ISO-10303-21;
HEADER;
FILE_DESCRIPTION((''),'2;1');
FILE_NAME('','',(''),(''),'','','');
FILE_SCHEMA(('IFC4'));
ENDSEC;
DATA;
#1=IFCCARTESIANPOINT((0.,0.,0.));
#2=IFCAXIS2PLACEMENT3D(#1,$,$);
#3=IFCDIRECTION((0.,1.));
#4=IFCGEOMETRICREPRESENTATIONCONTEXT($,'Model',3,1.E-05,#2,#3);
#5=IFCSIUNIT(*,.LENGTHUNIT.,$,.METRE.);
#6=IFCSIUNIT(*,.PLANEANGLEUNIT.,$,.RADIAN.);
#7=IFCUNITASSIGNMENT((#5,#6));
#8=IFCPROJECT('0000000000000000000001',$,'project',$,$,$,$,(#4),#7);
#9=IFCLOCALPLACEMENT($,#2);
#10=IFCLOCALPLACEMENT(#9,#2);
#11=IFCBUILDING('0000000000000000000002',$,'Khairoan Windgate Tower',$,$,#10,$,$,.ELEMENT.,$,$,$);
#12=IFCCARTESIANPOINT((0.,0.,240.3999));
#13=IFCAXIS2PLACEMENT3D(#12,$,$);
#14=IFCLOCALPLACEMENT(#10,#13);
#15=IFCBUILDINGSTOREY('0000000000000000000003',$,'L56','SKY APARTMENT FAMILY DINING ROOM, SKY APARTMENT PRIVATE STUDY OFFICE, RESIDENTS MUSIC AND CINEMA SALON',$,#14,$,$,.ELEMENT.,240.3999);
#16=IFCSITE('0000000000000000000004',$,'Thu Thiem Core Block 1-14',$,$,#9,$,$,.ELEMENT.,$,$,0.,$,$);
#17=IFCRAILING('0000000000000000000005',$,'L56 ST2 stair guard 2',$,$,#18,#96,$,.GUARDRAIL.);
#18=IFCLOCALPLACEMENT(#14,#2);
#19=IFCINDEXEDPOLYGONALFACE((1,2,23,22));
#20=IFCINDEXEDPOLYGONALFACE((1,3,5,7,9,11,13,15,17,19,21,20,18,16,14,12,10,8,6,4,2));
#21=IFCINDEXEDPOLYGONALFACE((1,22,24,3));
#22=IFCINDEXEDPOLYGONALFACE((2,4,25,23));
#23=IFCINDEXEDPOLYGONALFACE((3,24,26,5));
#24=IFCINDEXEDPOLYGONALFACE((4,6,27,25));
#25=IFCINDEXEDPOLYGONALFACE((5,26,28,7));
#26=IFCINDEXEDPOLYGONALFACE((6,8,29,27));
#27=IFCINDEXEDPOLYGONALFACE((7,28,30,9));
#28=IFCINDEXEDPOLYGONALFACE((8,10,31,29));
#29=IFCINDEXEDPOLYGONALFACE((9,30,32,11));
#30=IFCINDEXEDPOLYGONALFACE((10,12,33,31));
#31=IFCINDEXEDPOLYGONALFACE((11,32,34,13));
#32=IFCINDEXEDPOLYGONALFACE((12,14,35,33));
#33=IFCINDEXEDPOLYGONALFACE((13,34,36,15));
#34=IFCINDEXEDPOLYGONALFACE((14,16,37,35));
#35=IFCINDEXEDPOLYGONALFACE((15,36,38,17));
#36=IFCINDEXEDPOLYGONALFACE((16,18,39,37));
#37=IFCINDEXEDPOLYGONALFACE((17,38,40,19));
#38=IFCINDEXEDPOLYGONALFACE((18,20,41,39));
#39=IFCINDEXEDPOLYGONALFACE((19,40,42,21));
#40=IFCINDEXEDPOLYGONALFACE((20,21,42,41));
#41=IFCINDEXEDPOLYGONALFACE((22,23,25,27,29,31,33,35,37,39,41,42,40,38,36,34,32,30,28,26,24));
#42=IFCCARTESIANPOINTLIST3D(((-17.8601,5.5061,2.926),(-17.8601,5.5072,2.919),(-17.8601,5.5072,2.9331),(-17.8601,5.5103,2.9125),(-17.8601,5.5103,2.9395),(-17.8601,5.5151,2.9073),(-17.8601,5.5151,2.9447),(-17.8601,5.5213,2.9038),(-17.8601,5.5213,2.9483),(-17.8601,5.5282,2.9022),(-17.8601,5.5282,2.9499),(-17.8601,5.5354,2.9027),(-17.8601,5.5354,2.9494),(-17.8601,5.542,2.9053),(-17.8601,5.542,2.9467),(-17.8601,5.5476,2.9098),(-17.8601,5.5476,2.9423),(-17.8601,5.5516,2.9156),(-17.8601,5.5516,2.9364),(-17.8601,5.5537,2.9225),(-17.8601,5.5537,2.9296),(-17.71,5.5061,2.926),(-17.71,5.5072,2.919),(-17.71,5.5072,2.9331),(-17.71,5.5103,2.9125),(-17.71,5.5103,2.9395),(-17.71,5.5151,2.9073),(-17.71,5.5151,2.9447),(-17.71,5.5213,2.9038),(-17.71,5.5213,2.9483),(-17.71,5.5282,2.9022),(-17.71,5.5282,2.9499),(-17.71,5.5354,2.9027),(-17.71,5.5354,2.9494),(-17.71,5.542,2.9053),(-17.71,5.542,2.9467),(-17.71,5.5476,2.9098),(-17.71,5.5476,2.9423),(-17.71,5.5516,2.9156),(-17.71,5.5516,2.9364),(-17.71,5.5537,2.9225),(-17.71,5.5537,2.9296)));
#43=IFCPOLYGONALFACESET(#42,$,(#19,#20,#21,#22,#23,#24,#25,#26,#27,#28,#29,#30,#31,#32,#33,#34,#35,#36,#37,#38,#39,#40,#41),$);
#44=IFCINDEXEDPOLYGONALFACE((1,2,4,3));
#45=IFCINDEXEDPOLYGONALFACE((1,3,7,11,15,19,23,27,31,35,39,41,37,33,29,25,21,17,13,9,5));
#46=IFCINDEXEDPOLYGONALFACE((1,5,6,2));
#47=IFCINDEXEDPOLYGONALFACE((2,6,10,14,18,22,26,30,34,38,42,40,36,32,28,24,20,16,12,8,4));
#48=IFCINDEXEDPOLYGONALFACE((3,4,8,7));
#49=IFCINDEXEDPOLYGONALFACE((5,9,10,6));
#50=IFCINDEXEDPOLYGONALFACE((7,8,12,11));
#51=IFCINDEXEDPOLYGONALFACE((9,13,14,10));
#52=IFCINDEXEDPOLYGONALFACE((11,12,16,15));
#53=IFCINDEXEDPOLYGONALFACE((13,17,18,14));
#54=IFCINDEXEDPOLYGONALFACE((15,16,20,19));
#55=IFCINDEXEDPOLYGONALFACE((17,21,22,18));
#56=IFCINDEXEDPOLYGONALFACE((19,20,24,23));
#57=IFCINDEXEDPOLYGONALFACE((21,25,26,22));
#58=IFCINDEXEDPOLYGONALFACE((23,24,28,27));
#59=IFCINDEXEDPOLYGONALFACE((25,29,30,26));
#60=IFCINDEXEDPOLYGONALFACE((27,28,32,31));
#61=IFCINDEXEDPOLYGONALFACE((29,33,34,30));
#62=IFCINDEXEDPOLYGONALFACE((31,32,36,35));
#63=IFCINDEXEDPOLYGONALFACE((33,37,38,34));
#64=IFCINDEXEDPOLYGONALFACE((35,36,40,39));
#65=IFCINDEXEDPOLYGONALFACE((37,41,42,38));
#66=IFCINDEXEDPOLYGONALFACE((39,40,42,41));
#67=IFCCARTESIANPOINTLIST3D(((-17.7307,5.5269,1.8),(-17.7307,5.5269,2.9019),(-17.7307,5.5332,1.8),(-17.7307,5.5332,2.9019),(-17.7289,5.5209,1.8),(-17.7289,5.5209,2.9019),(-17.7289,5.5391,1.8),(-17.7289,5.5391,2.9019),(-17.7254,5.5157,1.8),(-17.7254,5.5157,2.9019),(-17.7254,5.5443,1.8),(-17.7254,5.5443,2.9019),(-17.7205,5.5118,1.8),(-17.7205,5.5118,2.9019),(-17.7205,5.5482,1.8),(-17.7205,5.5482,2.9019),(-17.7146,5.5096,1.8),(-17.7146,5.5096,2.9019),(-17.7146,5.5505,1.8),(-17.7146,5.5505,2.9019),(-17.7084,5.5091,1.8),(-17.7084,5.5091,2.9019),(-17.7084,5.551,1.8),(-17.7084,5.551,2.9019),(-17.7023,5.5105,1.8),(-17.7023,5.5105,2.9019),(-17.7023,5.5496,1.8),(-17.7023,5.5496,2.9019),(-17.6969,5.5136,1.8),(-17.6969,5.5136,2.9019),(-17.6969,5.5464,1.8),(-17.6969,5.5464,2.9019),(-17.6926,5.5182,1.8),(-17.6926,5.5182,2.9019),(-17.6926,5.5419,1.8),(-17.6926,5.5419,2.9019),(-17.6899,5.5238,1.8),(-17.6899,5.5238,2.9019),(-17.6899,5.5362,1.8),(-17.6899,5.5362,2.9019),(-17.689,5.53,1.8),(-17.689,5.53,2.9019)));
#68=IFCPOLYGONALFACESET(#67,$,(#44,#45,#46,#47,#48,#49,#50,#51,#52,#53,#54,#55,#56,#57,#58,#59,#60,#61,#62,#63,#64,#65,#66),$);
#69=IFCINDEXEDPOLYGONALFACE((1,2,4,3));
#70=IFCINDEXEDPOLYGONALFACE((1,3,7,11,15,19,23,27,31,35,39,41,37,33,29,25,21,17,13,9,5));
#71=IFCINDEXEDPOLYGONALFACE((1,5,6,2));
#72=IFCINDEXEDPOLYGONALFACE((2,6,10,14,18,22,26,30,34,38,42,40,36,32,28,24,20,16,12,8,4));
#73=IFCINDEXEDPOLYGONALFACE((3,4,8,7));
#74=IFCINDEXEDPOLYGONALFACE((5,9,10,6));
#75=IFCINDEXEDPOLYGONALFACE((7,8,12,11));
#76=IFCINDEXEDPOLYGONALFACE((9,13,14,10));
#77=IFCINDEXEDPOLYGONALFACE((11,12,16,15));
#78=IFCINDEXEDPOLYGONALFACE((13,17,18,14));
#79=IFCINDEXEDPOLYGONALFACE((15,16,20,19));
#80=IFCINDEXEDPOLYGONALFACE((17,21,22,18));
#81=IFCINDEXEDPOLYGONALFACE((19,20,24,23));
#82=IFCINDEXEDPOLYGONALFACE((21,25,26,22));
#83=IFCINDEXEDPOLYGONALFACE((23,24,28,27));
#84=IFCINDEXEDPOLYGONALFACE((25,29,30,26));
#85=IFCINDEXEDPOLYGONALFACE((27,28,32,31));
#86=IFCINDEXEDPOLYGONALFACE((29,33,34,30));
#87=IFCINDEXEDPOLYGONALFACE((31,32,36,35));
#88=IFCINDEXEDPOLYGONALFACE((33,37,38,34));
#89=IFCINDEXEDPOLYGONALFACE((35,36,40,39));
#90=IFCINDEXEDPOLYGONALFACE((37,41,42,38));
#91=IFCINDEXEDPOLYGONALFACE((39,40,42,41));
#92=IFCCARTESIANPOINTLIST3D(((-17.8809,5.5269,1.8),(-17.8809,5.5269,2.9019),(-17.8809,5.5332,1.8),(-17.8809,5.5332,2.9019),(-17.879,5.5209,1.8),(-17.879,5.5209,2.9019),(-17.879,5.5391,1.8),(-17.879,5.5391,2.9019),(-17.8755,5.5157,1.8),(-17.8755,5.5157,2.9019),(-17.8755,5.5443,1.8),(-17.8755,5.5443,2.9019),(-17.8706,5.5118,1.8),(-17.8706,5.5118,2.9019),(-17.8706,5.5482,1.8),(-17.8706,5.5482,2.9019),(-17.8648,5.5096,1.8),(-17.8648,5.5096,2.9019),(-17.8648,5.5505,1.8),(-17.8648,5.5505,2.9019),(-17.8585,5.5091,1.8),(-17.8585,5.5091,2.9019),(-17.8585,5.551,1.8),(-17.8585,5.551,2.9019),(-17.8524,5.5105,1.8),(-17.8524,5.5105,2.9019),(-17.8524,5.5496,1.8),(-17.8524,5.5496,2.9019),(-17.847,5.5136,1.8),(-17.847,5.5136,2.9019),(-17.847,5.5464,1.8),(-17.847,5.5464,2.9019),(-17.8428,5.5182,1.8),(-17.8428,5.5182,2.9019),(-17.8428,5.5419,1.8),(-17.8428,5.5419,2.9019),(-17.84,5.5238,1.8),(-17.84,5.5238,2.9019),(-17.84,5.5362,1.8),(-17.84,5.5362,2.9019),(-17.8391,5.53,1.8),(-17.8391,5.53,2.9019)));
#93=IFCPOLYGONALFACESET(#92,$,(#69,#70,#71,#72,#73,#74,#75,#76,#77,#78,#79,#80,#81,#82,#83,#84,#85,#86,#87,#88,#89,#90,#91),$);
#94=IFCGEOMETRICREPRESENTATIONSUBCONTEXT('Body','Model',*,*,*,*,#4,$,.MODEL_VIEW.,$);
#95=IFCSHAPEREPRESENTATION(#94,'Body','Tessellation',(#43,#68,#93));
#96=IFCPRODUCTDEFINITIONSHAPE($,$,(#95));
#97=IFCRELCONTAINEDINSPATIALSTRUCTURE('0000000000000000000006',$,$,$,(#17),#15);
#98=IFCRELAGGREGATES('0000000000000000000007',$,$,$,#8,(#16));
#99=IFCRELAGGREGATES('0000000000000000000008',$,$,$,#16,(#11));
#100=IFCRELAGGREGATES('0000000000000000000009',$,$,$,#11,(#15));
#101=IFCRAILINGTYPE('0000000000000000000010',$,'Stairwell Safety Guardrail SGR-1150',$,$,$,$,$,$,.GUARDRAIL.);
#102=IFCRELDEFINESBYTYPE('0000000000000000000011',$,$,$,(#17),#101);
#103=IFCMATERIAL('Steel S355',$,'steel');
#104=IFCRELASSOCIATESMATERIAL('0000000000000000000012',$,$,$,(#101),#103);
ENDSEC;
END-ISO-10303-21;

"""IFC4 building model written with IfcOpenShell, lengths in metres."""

from ifc_helpers import new_model, si_unit, direction, frame, origin, origin_2d, place, context, subcontext, project, spatial, circle, extrude, material, type_object, element, save


model = new_model("IFC4")

# Units and contexts
model_context = context("Model", 3, precision=1e-05, world=origin(), true_north=direction((0.0, 1.0)))
body_context = subcontext(model_context, "Body", "Model", "MODEL_VIEW")
ifc_project = project(units=[si_unit("LENGTHUNIT", "METRE"), si_unit("PLANEANGLEUNIT", "RADIAN")], contexts=[model_context])

# Site, building, storey
site_placement = place(None, origin())
site = spatial("IfcSite", under=ifc_project, at=site_placement, Name="Thu Thiem Core Block 1-14", CompositionType="ELEMENT", RefElevation=0.0)
building_placement = place(site_placement, origin())
building = spatial("IfcBuilding", under=site, at=building_placement, Name="Khairoan Windgate Tower", CompositionType="ELEMENT")
storey_placement = place(building_placement, frame((0.0, 0.0, 240.3999)))
storey = spatial("IfcBuildingStorey", under=building, at=storey_placement, Name="L56", Description="SKY APARTMENT FAMILY DINING ROOM, SKY APARTMENT PRIVATE STUDY OFFICE, RESIDENTS MUSIC AND CINEMA SALON", CompositionType="ELEMENT", Elevation=240.3999)

# Railing
ifc_material_1 = material(Name="Steel S355", Category="steel")
railing_type_1 = type_object("IfcRailingType", Name="Stairwell Safety Guardrail SGR-1150", PredefinedType="GUARDRAIL", material=ifc_material_1)
railing_1_placement = place(storey_placement, frame((-17.71, 5.53, 1.8)))
element("IfcRailing", 1, at=railing_1_placement, inside=storey, type_object=railing_type_1, Name="L56 ST2 stair guard 2", PredefinedType="GUARDRAIL", context=body_context, shape_type="SweptSolid", body=[
    extrude(circle(Radius=0.0239, at=origin_2d()), frame((0.0, 0.0, 1.126), z_axis=(-1.0, 0.0, 0.0), x_axis=(0.0, -1.0, 0.0)), (0.0, 0.0, 1.0), 0.1501),
    extrude(circle(Radius=0.021, at=origin_2d()), origin(), (0.0, 0.0, 1.0), 1.1018),
    extrude(circle(Radius=0.021, at=origin_2d()), frame((-0.1501, 0.0, 0.0)), (0.0, 0.0, 1.0), 1.1018),
])

save(model, "model.ifc")
